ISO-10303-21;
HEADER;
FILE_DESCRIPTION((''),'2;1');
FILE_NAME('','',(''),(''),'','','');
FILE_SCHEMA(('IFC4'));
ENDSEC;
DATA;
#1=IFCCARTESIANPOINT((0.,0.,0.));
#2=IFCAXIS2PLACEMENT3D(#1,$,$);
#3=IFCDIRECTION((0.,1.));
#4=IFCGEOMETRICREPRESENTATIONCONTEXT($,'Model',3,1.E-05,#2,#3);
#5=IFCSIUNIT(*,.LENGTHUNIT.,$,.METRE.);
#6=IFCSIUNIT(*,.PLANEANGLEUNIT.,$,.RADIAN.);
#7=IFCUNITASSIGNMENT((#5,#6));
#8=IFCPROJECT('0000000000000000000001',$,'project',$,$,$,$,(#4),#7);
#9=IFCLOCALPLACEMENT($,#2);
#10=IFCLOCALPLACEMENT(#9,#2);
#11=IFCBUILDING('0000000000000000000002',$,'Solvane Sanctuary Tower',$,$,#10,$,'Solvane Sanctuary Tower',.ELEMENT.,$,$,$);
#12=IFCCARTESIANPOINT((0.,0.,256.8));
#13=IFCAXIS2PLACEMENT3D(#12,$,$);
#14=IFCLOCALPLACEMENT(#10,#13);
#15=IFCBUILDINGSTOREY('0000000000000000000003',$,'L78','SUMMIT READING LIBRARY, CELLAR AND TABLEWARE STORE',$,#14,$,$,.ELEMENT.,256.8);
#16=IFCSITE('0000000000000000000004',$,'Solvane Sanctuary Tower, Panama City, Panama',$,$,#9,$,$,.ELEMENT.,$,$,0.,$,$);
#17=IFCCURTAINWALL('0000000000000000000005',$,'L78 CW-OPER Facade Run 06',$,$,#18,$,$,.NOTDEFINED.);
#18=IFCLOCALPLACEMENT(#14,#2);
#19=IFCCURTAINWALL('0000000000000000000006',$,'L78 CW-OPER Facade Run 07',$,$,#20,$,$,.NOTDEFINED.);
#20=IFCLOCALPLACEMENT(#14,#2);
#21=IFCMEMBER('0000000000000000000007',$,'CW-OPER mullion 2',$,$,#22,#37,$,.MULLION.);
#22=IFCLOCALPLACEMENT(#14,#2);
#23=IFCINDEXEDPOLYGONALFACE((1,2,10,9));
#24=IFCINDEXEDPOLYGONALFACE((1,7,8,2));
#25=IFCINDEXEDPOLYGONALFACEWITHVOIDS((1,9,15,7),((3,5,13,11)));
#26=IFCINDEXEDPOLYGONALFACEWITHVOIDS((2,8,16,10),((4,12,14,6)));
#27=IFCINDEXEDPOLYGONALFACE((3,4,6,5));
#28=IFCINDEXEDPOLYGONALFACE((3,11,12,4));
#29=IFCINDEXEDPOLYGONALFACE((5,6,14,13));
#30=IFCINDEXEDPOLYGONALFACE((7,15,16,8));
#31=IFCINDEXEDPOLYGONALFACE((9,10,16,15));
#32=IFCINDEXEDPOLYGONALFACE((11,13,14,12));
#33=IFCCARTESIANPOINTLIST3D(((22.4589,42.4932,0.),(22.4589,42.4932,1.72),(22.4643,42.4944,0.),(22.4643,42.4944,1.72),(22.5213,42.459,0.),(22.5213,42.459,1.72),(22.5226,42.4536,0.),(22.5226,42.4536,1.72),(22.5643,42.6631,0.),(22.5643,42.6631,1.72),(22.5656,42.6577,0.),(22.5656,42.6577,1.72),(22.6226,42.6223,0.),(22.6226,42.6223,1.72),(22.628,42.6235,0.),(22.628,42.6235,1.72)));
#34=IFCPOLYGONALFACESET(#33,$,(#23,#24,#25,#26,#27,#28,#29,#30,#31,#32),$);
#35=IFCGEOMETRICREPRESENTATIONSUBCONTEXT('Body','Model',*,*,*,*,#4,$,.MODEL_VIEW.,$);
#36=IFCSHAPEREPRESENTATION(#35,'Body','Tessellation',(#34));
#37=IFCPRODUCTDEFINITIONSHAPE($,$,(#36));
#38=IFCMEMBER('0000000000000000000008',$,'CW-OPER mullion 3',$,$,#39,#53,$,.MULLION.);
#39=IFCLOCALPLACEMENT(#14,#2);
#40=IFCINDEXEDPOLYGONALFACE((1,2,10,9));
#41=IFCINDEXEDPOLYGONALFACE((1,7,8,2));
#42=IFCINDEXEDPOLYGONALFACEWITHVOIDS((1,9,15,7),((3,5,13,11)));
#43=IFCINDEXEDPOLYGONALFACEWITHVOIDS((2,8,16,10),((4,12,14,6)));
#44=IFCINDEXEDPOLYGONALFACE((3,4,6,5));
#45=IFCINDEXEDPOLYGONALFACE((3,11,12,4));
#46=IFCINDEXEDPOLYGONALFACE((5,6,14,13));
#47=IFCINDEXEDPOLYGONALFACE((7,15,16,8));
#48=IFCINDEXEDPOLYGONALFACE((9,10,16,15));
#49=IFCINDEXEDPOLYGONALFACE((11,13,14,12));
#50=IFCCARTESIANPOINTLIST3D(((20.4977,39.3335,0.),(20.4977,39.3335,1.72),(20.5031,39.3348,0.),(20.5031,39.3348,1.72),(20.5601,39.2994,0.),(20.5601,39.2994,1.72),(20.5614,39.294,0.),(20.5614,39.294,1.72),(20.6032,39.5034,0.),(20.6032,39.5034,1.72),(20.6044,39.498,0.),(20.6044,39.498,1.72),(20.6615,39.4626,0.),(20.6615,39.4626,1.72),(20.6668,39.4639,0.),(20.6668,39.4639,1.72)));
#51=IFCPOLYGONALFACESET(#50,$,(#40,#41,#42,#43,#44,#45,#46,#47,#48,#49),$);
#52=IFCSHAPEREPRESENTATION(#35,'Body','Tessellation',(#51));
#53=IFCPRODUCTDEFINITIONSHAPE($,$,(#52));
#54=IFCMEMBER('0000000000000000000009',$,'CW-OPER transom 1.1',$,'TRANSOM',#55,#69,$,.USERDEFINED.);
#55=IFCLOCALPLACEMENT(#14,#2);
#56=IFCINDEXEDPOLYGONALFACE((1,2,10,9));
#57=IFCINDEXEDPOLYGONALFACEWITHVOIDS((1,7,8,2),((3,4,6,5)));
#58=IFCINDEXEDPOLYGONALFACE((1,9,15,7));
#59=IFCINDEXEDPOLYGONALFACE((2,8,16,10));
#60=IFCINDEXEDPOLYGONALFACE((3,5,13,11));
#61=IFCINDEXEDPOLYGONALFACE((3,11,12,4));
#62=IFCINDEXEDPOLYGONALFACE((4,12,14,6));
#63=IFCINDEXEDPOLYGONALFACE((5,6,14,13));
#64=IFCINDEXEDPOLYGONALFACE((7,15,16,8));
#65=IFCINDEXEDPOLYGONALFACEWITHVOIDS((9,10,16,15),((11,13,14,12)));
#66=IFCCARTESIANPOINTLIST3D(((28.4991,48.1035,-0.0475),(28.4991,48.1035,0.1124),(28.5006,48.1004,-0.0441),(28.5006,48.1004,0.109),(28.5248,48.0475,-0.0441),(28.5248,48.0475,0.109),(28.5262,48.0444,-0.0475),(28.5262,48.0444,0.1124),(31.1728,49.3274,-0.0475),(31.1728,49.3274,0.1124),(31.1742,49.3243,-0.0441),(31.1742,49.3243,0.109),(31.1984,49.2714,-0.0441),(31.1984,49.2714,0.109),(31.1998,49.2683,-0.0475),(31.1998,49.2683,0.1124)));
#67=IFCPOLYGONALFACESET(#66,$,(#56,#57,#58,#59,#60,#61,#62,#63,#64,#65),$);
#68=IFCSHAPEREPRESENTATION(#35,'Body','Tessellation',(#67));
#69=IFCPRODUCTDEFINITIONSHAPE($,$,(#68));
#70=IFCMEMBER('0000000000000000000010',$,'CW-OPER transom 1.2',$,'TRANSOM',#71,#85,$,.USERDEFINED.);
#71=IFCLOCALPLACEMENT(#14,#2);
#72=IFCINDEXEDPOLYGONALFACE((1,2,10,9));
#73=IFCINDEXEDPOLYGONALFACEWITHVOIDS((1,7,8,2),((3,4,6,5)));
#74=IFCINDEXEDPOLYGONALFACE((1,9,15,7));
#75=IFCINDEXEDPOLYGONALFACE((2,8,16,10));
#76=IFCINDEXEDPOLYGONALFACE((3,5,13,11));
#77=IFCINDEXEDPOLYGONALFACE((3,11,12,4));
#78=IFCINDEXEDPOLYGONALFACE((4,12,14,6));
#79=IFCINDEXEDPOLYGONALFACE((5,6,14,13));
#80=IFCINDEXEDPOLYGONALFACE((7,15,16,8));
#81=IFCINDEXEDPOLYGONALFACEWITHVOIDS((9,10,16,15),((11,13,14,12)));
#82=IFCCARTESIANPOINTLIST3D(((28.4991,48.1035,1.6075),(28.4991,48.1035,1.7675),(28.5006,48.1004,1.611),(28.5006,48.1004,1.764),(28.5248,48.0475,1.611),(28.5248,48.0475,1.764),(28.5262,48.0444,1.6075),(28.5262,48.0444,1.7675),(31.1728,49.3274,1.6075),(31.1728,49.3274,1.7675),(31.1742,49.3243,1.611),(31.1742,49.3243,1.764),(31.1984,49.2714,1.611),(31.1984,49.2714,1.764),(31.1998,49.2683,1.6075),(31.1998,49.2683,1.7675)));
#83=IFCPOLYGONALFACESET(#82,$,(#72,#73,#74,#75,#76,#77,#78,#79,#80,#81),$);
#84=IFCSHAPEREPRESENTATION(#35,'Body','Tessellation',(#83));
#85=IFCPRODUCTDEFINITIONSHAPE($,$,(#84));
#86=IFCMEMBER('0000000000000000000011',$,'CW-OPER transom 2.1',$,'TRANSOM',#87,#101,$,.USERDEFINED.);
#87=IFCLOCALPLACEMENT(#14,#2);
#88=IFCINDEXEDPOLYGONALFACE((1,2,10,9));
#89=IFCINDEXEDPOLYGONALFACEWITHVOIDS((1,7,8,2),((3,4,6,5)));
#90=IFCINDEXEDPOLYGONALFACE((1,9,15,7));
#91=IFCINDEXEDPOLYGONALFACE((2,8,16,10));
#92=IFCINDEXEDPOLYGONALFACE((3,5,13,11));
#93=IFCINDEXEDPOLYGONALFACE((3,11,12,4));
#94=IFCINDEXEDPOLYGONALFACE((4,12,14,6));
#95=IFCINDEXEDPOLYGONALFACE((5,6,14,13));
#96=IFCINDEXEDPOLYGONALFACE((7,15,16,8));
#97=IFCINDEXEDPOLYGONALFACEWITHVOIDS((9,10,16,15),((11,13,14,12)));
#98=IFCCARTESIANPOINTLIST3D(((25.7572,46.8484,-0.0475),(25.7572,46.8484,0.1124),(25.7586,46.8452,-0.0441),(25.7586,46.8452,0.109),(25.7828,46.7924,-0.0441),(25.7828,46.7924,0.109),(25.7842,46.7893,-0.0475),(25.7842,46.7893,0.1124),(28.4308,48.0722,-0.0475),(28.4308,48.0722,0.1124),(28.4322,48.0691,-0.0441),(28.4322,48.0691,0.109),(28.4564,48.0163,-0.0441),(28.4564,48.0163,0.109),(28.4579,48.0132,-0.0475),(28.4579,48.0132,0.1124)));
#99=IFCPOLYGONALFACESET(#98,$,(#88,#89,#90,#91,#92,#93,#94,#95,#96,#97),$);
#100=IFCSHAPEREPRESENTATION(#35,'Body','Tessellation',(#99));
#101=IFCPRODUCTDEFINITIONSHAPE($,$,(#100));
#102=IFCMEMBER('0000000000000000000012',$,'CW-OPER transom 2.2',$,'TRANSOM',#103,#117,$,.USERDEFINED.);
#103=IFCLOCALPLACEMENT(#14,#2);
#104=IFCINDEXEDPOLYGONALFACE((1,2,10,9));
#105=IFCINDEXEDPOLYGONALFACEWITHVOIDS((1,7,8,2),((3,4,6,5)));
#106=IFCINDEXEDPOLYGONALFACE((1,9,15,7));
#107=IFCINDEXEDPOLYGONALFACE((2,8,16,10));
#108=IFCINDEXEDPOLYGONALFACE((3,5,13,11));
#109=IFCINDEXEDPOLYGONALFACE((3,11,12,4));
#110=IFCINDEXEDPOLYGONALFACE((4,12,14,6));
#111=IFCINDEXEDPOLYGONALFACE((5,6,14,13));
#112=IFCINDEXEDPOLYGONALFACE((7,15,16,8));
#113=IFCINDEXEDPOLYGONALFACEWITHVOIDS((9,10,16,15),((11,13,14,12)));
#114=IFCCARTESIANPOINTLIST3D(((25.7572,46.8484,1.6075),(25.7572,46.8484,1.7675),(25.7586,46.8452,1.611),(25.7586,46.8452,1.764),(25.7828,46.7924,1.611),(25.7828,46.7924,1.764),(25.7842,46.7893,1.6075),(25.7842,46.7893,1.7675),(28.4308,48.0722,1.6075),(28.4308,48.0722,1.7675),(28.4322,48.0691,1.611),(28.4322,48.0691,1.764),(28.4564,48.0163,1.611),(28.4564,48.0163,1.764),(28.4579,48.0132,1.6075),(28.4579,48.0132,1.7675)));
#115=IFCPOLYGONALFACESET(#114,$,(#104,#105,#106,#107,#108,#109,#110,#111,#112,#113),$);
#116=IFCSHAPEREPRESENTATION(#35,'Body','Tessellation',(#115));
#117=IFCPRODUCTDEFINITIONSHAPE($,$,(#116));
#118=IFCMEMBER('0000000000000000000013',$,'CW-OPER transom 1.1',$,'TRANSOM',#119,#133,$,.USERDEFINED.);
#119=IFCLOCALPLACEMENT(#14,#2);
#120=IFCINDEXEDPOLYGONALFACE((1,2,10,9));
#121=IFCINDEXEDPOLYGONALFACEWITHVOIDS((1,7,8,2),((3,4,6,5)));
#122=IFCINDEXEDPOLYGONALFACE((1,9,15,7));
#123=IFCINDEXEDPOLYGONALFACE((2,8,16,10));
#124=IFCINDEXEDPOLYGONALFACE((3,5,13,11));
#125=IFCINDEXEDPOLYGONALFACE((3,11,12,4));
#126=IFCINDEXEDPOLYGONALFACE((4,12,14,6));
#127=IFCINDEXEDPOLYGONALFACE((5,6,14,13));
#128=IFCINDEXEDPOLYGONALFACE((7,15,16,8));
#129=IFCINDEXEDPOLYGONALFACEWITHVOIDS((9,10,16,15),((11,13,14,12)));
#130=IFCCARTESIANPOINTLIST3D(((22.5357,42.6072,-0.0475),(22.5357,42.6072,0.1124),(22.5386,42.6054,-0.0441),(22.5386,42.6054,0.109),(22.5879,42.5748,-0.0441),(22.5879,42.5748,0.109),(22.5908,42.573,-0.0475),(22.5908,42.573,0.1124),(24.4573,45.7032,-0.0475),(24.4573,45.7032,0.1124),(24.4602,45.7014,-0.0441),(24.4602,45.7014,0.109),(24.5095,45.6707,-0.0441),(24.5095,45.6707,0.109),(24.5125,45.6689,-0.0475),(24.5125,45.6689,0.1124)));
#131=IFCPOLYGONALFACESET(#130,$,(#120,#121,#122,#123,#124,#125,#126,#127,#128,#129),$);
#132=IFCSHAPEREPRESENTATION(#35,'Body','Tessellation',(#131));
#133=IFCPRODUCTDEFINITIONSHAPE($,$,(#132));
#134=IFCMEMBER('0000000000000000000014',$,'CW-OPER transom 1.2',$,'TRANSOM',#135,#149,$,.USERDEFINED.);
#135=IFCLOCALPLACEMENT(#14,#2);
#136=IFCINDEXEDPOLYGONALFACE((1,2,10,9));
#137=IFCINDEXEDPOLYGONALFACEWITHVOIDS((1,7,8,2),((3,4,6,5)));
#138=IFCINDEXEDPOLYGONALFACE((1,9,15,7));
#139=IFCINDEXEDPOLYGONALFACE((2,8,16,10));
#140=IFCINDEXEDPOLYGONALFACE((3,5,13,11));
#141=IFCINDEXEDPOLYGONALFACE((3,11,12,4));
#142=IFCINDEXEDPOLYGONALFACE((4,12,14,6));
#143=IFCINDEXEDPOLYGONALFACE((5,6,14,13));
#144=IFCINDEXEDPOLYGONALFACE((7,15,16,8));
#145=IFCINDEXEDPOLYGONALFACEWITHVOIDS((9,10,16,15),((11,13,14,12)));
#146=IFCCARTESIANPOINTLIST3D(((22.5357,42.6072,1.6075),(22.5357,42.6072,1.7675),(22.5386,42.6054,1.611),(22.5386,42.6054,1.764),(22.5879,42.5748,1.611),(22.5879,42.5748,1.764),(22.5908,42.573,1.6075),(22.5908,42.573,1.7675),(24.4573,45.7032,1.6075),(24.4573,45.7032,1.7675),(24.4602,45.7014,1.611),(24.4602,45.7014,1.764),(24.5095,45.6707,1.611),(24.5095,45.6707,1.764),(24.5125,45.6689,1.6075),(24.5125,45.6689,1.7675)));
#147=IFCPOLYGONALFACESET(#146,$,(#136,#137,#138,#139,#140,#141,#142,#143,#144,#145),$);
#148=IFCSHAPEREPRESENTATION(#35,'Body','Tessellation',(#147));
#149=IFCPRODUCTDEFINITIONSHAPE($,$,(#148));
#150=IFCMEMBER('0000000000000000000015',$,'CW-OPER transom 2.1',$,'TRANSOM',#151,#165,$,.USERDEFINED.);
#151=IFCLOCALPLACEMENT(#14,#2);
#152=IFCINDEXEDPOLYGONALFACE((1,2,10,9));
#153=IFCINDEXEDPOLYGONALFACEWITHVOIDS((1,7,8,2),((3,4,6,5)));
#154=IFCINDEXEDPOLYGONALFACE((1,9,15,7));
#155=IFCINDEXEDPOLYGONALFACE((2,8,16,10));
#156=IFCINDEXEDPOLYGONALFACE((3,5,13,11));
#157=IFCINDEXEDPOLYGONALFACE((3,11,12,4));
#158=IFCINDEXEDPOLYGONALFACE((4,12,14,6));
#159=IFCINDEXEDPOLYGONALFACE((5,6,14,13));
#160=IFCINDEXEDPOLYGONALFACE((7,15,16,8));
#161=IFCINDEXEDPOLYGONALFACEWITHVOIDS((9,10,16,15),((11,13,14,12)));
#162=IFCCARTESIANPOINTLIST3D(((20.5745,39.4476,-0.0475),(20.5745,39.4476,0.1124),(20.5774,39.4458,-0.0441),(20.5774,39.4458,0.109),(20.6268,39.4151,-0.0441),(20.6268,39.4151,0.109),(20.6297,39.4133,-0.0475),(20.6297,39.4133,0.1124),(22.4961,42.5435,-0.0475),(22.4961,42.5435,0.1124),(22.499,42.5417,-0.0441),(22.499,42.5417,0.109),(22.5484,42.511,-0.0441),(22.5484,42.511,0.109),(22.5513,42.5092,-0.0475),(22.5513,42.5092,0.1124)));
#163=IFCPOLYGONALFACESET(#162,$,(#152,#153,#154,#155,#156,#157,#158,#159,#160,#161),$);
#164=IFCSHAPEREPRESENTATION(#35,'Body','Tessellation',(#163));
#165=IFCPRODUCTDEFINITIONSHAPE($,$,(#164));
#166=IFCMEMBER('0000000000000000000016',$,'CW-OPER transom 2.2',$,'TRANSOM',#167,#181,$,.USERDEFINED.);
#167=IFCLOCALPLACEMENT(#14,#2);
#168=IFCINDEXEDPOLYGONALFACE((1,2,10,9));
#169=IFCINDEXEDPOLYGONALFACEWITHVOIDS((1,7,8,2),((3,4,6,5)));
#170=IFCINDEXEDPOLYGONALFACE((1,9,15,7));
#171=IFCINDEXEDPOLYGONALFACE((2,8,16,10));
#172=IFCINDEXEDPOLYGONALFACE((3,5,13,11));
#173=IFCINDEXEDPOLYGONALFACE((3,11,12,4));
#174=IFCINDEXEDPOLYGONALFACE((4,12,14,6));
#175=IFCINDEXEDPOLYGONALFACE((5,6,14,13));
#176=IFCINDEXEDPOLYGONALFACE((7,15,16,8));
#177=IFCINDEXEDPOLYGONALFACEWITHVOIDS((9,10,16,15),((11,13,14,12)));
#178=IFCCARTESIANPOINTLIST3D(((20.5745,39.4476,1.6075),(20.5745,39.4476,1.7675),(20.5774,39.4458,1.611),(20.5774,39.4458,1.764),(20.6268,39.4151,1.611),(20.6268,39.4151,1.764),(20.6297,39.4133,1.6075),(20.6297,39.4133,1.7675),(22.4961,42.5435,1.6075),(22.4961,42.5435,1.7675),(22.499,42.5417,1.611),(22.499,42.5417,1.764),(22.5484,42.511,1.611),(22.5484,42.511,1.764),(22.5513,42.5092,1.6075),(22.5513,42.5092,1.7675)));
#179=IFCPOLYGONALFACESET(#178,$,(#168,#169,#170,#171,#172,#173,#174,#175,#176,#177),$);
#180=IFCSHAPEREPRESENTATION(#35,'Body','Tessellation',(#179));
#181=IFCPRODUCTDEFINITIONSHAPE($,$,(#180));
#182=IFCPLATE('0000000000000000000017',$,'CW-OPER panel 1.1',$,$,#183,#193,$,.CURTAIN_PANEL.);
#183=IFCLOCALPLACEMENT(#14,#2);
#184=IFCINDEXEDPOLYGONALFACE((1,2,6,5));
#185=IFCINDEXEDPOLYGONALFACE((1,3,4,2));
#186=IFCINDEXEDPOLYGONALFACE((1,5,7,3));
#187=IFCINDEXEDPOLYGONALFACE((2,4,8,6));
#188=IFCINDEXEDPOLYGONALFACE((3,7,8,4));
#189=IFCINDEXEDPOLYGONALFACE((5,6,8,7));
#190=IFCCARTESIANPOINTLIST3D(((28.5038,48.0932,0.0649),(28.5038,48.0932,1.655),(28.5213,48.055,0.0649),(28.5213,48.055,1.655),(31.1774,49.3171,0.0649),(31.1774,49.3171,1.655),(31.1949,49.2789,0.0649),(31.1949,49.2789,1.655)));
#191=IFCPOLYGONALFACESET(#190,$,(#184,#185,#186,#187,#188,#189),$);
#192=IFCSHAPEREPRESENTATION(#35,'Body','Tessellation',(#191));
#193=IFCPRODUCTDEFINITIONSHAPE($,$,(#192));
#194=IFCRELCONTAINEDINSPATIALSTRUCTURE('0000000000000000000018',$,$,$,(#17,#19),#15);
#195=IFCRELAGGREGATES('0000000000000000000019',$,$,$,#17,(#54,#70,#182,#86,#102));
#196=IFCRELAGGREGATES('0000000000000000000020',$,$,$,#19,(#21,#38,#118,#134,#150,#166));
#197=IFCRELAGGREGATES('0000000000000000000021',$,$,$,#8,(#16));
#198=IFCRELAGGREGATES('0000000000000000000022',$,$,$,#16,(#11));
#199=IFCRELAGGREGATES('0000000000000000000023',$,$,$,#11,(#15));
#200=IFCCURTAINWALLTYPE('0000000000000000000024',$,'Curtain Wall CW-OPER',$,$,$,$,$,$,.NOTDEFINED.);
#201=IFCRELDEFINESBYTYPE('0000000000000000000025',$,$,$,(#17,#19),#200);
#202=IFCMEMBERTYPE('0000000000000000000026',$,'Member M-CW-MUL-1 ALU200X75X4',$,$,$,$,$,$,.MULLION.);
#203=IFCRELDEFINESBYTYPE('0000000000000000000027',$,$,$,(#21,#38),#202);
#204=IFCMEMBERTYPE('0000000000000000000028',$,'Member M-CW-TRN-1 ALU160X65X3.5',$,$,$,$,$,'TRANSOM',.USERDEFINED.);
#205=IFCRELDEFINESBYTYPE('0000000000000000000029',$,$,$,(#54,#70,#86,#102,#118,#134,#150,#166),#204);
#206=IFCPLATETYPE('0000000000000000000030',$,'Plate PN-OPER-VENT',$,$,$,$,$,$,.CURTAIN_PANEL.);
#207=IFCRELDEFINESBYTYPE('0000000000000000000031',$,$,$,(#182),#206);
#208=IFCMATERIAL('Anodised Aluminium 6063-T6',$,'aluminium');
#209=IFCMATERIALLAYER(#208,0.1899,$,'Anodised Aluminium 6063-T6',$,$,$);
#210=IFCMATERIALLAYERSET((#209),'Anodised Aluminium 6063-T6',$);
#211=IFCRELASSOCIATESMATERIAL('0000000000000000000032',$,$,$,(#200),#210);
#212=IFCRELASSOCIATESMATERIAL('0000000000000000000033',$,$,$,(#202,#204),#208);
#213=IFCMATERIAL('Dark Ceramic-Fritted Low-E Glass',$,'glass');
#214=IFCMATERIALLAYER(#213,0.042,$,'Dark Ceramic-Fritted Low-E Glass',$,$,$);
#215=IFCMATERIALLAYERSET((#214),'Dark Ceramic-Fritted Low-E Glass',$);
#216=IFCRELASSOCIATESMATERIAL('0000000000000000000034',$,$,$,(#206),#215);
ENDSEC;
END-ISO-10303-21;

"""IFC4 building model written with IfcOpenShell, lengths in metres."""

from ifc_helpers import new_model, si_unit, direction, frame, origin, origin_2d, place, context, subcontext, project, spatial, rectangle, hollow_rectangle, extrude, material, layer, layer_set, material_profile, profile_set, type_object, element, aggregate, save


model = new_model("IFC4")

# Units and contexts
model_context = context("Model", 3, precision=1e-05, world=origin(), true_north=direction((0.0, 1.0)))
body_context = subcontext(model_context, "Body", "Model", "MODEL_VIEW")
ifc_project = project(units=[si_unit("LENGTHUNIT", "METRE"), si_unit("PLANEANGLEUNIT", "RADIAN")], contexts=[model_context])

# Site, building, storey
site_placement = place(None, origin())
site = spatial("IfcSite", under=ifc_project, at=site_placement, Name="Solvane Sanctuary Tower, Panama City, Panama", CompositionType="ELEMENT", RefElevation=0.0)
building_placement = place(site_placement, origin())
building = spatial("IfcBuilding", under=site, at=building_placement, Name="Solvane Sanctuary Tower", LongName="Solvane Sanctuary Tower", CompositionType="ELEMENT")
storey_placement = place(building_placement, frame((0.0, 0.0, 256.8)))
storey = spatial("IfcBuildingStorey", under=building, at=storey_placement, Name="L78", Description="SUMMIT READING LIBRARY, CELLAR AND TABLEWARE STORE", CompositionType="ELEMENT", Elevation=256.8)

# Curtain walls, members
ifc_material_1 = material(Name="Anodised Aluminium 6063-T6", Category="aluminium")
ifc_layer_1 = layer(ifc_material_1, 0.1899, Name="Anodised Aluminium 6063-T6")
ifc_layer_set_1 = layer_set([ifc_layer_1], Name="Anodised Aluminium 6063-T6")
curtain_wall_type = type_object("IfcCurtainWallType", Name="Curtain Wall CW-OPER", PredefinedType="NOTDEFINED", material=ifc_layer_set_1)
curtain_wall_1_placement = place(storey_placement, origin())
curtain_wall_1 = element("IfcCurtainWall", 1, at=curtain_wall_1_placement, inside=storey, type_object=curtain_wall_type, Name="L78 CW-OPER Facade Run 06", PredefinedType="NOTDEFINED")
ifc_material_profile_1 = material_profile(ifc_material_1, hollow_rectangle(XDim=0.075, YDim=0.2, WallThickness=0.0039, at=origin_2d()), Name="ALU200X75X4")
ifc_profile_set_1 = profile_set([ifc_material_profile_1], Name="Anodised Aluminium 6063-T6")
member_type_1 = type_object("IfcMemberType", Name="Member M-CW-MUL-1 ALU200X75X4", PredefinedType="MULLION", material=ifc_profile_set_1)
curtain_wall_2_placement = place(storey_placement, origin())
curtain_wall_2 = element("IfcCurtainWall", 2, at=curtain_wall_2_placement, inside=storey, type_object=curtain_wall_type, Name="L78 CW-OPER Facade Run 07", PredefinedType="NOTDEFINED")
member_1_placement = place(storey_placement, frame((22.5435, 42.5583, 0.0), z_axis=(0.0, 0.0, 1.0), x_axis=(0.849622, -0.527392, 0.0)))
member_1 = element("IfcMember", 3, at=member_1_placement, type_object=member_type_1, Name="CW-OPER mullion 2", PredefinedType="MULLION", context=body_context, shape_type="SweptSolid", body=[
    extrude(hollow_rectangle(XDim=0.075, YDim=0.2, WallThickness=0.0039, at=origin_2d()), origin(), (0.0, 0.0, 1.0), 1.72),
])
member_2_placement = place(storey_placement, frame((20.5823, 39.3987, 0.0), z_axis=(0.0, 0.0, 1.0), x_axis=(0.849622, -0.527392, 0.0)))
member_2 = element("IfcMember", 4, at=member_2_placement, type_object=member_type_1, Name="CW-OPER mullion 3", PredefinedType="MULLION", context=body_context, shape_type="SweptSolid", body=[
    extrude(hollow_rectangle(XDim=0.075, YDim=0.2, WallThickness=0.0039, at=origin_2d()), origin(), (0.0, 0.0, 1.0), 1.72),
])

# Members
ifc_material_profile_2 = material_profile(ifc_material_1, hollow_rectangle(XDim=0.0649, YDim=0.1599, WallThickness=0.0034, at=origin_2d()), Name="ALU160X65X3.5")
ifc_profile_set_2 = profile_set([ifc_material_profile_2], Name="Anodised Aluminium 6063-T6")
member_type_2 = type_object("IfcMemberType", Name="Member M-CW-TRN-1 ALU160X65X3.5", ElementType="TRANSOM", PredefinedType="USERDEFINED", material=ifc_profile_set_2)
member_3_placement = place(storey_placement, frame((31.1863, 49.2979, 0.0325), z_axis=(-0.90926, -0.416229, 0.0), x_axis=(0.416229, -0.90926, 0.0)))
member_3 = element("IfcMember", 5, at=member_3_placement, type_object=member_type_2, Name="CW-OPER transom 1.1", ObjectType="TRANSOM", PredefinedType="USERDEFINED", context=body_context, shape_type="SweptSolid", body=[
    extrude(hollow_rectangle(XDim=0.0649, YDim=0.1599, WallThickness=0.0034, at=origin_2d()), origin(), (0.0, 0.0, 1.0), 2.9404),
])
member_4_placement = place(storey_placement, frame((31.1863, 49.2979, 1.6875), z_axis=(-0.90926, -0.416229, 0.0), x_axis=(0.416229, -0.90926, 0.0)))
member_4 = element("IfcMember", 6, at=member_4_placement, type_object=member_type_2, Name="CW-OPER transom 1.2", ObjectType="TRANSOM", PredefinedType="USERDEFINED", context=body_context, shape_type="SweptSolid", body=[
    extrude(hollow_rectangle(XDim=0.0649, YDim=0.1599, WallThickness=0.0034, at=origin_2d()), origin(), (0.0, 0.0, 1.0), 2.9404),
])
member_5_placement = place(storey_placement, frame((28.4443, 48.0427, 0.0325), z_axis=(-0.90926, -0.416229, 0.0), x_axis=(0.416229, -0.90926, 0.0)))
member_5 = element("IfcMember", 7, at=member_5_placement, type_object=member_type_2, Name="CW-OPER transom 2.1", ObjectType="TRANSOM", PredefinedType="USERDEFINED", context=body_context, shape_type="SweptSolid", body=[
    extrude(hollow_rectangle(XDim=0.0649, YDim=0.1599, WallThickness=0.0034, at=origin_2d()), origin(), (0.0, 0.0, 1.0), 2.9404),
])
member_6_placement = place(storey_placement, frame((28.4443, 48.0427, 1.6875), z_axis=(-0.90926, -0.416229, 0.0), x_axis=(0.416229, -0.90926, 0.0)))
member_6 = element("IfcMember", 8, at=member_6_placement, type_object=member_type_2, Name="CW-OPER transom 2.2", ObjectType="TRANSOM", PredefinedType="USERDEFINED", context=body_context, shape_type="SweptSolid", body=[
    extrude(hollow_rectangle(XDim=0.0649, YDim=0.1599, WallThickness=0.0034, at=origin_2d()), origin(), (0.0, 0.0, 1.0), 2.9404),
])
member_7_placement = place(storey_placement, frame((24.4849, 45.686, 0.0325), z_axis=(-0.527365, -0.849639, 0.0), x_axis=(0.849639, -0.527365, 0.0)))
member_7 = element("IfcMember", 9, at=member_7_placement, type_object=member_type_2, Name="CW-OPER transom 1.1", ObjectType="TRANSOM", PredefinedType="USERDEFINED", context=body_context, shape_type="SweptSolid", body=[
    extrude(hollow_rectangle(XDim=0.0649, YDim=0.1599, WallThickness=0.0034, at=origin_2d()), origin(), (0.0, 0.0, 1.0), 3.6438),
])
member_8_placement = place(storey_placement, frame((24.4849, 45.686, 1.6875), z_axis=(-0.527365, -0.849639, 0.0), x_axis=(0.849639, -0.527365, 0.0)))
member_8 = element("IfcMember", 10, at=member_8_placement, type_object=member_type_2, Name="CW-OPER transom 1.2", ObjectType="TRANSOM", PredefinedType="USERDEFINED", context=body_context, shape_type="SweptSolid", body=[
    extrude(hollow_rectangle(XDim=0.0649, YDim=0.1599, WallThickness=0.0034, at=origin_2d()), origin(), (0.0, 0.0, 1.0), 3.6438),
])
member_9_placement = place(storey_placement, frame((22.5237, 42.5264, 0.0325), z_axis=(-0.527365, -0.849639, 0.0), x_axis=(0.849639, -0.527365, 0.0)))
member_9 = element("IfcMember", 11, at=member_9_placement, type_object=member_type_2, Name="CW-OPER transom 2.1", ObjectType="TRANSOM", PredefinedType="USERDEFINED", context=body_context, shape_type="SweptSolid", body=[
    extrude(hollow_rectangle(XDim=0.0649, YDim=0.1599, WallThickness=0.0034, at=origin_2d()), origin(), (0.0, 0.0, 1.0), 3.6438),
])
member_10_placement = place(storey_placement, frame((22.5237, 42.5264, 1.6875), z_axis=(-0.527365, -0.849639, 0.0), x_axis=(0.849639, -0.527365, 0.0)))
member_10 = element("IfcMember", 12, at=member_10_placement, type_object=member_type_2, Name="CW-OPER transom 2.2", ObjectType="TRANSOM", PredefinedType="USERDEFINED", context=body_context, shape_type="SweptSolid", body=[
    extrude(hollow_rectangle(XDim=0.0649, YDim=0.1599, WallThickness=0.0034, at=origin_2d()), origin(), (0.0, 0.0, 1.0), 3.6438),
])

# Plate
ifc_material_2 = material(Name="Dark Ceramic-Fritted Low-E Glass", Category="glass")
ifc_layer_2 = layer(ifc_material_2, 0.042, Name="Dark Ceramic-Fritted Low-E Glass")
ifc_layer_set_2 = layer_set([ifc_layer_2], Name="Dark Ceramic-Fritted Low-E Glass")
plate_type = type_object("IfcPlateType", Name="Plate PN-OPER-VENT", PredefinedType="CURTAIN_PANEL", material=ifc_layer_set_2)
plate_1_placement = place(storey_placement, frame((29.8494, 48.686, 0.0649), z_axis=(0.0, 0.0, 1.0), x_axis=(-0.909262, -0.416225, 0.0)))
plate_1 = element("IfcPlate", 13, at=plate_1_placement, type_object=plate_type, Name="CW-OPER panel 1.1", PredefinedType="CURTAIN_PANEL", context=body_context, shape_type="SweptSolid", body=[
    extrude(rectangle(XDim=2.9404, YDim=0.042, at=origin_2d()), origin(), (0.0, 0.0, 1.0), 1.5901),
])
aggregate(curtain_wall_1, [member_3, member_4, plate_1, member_5, member_6])
aggregate(curtain_wall_2, [member_1, member_2, member_7, member_8, member_9, member_10])

save(model, "model.ifc")
